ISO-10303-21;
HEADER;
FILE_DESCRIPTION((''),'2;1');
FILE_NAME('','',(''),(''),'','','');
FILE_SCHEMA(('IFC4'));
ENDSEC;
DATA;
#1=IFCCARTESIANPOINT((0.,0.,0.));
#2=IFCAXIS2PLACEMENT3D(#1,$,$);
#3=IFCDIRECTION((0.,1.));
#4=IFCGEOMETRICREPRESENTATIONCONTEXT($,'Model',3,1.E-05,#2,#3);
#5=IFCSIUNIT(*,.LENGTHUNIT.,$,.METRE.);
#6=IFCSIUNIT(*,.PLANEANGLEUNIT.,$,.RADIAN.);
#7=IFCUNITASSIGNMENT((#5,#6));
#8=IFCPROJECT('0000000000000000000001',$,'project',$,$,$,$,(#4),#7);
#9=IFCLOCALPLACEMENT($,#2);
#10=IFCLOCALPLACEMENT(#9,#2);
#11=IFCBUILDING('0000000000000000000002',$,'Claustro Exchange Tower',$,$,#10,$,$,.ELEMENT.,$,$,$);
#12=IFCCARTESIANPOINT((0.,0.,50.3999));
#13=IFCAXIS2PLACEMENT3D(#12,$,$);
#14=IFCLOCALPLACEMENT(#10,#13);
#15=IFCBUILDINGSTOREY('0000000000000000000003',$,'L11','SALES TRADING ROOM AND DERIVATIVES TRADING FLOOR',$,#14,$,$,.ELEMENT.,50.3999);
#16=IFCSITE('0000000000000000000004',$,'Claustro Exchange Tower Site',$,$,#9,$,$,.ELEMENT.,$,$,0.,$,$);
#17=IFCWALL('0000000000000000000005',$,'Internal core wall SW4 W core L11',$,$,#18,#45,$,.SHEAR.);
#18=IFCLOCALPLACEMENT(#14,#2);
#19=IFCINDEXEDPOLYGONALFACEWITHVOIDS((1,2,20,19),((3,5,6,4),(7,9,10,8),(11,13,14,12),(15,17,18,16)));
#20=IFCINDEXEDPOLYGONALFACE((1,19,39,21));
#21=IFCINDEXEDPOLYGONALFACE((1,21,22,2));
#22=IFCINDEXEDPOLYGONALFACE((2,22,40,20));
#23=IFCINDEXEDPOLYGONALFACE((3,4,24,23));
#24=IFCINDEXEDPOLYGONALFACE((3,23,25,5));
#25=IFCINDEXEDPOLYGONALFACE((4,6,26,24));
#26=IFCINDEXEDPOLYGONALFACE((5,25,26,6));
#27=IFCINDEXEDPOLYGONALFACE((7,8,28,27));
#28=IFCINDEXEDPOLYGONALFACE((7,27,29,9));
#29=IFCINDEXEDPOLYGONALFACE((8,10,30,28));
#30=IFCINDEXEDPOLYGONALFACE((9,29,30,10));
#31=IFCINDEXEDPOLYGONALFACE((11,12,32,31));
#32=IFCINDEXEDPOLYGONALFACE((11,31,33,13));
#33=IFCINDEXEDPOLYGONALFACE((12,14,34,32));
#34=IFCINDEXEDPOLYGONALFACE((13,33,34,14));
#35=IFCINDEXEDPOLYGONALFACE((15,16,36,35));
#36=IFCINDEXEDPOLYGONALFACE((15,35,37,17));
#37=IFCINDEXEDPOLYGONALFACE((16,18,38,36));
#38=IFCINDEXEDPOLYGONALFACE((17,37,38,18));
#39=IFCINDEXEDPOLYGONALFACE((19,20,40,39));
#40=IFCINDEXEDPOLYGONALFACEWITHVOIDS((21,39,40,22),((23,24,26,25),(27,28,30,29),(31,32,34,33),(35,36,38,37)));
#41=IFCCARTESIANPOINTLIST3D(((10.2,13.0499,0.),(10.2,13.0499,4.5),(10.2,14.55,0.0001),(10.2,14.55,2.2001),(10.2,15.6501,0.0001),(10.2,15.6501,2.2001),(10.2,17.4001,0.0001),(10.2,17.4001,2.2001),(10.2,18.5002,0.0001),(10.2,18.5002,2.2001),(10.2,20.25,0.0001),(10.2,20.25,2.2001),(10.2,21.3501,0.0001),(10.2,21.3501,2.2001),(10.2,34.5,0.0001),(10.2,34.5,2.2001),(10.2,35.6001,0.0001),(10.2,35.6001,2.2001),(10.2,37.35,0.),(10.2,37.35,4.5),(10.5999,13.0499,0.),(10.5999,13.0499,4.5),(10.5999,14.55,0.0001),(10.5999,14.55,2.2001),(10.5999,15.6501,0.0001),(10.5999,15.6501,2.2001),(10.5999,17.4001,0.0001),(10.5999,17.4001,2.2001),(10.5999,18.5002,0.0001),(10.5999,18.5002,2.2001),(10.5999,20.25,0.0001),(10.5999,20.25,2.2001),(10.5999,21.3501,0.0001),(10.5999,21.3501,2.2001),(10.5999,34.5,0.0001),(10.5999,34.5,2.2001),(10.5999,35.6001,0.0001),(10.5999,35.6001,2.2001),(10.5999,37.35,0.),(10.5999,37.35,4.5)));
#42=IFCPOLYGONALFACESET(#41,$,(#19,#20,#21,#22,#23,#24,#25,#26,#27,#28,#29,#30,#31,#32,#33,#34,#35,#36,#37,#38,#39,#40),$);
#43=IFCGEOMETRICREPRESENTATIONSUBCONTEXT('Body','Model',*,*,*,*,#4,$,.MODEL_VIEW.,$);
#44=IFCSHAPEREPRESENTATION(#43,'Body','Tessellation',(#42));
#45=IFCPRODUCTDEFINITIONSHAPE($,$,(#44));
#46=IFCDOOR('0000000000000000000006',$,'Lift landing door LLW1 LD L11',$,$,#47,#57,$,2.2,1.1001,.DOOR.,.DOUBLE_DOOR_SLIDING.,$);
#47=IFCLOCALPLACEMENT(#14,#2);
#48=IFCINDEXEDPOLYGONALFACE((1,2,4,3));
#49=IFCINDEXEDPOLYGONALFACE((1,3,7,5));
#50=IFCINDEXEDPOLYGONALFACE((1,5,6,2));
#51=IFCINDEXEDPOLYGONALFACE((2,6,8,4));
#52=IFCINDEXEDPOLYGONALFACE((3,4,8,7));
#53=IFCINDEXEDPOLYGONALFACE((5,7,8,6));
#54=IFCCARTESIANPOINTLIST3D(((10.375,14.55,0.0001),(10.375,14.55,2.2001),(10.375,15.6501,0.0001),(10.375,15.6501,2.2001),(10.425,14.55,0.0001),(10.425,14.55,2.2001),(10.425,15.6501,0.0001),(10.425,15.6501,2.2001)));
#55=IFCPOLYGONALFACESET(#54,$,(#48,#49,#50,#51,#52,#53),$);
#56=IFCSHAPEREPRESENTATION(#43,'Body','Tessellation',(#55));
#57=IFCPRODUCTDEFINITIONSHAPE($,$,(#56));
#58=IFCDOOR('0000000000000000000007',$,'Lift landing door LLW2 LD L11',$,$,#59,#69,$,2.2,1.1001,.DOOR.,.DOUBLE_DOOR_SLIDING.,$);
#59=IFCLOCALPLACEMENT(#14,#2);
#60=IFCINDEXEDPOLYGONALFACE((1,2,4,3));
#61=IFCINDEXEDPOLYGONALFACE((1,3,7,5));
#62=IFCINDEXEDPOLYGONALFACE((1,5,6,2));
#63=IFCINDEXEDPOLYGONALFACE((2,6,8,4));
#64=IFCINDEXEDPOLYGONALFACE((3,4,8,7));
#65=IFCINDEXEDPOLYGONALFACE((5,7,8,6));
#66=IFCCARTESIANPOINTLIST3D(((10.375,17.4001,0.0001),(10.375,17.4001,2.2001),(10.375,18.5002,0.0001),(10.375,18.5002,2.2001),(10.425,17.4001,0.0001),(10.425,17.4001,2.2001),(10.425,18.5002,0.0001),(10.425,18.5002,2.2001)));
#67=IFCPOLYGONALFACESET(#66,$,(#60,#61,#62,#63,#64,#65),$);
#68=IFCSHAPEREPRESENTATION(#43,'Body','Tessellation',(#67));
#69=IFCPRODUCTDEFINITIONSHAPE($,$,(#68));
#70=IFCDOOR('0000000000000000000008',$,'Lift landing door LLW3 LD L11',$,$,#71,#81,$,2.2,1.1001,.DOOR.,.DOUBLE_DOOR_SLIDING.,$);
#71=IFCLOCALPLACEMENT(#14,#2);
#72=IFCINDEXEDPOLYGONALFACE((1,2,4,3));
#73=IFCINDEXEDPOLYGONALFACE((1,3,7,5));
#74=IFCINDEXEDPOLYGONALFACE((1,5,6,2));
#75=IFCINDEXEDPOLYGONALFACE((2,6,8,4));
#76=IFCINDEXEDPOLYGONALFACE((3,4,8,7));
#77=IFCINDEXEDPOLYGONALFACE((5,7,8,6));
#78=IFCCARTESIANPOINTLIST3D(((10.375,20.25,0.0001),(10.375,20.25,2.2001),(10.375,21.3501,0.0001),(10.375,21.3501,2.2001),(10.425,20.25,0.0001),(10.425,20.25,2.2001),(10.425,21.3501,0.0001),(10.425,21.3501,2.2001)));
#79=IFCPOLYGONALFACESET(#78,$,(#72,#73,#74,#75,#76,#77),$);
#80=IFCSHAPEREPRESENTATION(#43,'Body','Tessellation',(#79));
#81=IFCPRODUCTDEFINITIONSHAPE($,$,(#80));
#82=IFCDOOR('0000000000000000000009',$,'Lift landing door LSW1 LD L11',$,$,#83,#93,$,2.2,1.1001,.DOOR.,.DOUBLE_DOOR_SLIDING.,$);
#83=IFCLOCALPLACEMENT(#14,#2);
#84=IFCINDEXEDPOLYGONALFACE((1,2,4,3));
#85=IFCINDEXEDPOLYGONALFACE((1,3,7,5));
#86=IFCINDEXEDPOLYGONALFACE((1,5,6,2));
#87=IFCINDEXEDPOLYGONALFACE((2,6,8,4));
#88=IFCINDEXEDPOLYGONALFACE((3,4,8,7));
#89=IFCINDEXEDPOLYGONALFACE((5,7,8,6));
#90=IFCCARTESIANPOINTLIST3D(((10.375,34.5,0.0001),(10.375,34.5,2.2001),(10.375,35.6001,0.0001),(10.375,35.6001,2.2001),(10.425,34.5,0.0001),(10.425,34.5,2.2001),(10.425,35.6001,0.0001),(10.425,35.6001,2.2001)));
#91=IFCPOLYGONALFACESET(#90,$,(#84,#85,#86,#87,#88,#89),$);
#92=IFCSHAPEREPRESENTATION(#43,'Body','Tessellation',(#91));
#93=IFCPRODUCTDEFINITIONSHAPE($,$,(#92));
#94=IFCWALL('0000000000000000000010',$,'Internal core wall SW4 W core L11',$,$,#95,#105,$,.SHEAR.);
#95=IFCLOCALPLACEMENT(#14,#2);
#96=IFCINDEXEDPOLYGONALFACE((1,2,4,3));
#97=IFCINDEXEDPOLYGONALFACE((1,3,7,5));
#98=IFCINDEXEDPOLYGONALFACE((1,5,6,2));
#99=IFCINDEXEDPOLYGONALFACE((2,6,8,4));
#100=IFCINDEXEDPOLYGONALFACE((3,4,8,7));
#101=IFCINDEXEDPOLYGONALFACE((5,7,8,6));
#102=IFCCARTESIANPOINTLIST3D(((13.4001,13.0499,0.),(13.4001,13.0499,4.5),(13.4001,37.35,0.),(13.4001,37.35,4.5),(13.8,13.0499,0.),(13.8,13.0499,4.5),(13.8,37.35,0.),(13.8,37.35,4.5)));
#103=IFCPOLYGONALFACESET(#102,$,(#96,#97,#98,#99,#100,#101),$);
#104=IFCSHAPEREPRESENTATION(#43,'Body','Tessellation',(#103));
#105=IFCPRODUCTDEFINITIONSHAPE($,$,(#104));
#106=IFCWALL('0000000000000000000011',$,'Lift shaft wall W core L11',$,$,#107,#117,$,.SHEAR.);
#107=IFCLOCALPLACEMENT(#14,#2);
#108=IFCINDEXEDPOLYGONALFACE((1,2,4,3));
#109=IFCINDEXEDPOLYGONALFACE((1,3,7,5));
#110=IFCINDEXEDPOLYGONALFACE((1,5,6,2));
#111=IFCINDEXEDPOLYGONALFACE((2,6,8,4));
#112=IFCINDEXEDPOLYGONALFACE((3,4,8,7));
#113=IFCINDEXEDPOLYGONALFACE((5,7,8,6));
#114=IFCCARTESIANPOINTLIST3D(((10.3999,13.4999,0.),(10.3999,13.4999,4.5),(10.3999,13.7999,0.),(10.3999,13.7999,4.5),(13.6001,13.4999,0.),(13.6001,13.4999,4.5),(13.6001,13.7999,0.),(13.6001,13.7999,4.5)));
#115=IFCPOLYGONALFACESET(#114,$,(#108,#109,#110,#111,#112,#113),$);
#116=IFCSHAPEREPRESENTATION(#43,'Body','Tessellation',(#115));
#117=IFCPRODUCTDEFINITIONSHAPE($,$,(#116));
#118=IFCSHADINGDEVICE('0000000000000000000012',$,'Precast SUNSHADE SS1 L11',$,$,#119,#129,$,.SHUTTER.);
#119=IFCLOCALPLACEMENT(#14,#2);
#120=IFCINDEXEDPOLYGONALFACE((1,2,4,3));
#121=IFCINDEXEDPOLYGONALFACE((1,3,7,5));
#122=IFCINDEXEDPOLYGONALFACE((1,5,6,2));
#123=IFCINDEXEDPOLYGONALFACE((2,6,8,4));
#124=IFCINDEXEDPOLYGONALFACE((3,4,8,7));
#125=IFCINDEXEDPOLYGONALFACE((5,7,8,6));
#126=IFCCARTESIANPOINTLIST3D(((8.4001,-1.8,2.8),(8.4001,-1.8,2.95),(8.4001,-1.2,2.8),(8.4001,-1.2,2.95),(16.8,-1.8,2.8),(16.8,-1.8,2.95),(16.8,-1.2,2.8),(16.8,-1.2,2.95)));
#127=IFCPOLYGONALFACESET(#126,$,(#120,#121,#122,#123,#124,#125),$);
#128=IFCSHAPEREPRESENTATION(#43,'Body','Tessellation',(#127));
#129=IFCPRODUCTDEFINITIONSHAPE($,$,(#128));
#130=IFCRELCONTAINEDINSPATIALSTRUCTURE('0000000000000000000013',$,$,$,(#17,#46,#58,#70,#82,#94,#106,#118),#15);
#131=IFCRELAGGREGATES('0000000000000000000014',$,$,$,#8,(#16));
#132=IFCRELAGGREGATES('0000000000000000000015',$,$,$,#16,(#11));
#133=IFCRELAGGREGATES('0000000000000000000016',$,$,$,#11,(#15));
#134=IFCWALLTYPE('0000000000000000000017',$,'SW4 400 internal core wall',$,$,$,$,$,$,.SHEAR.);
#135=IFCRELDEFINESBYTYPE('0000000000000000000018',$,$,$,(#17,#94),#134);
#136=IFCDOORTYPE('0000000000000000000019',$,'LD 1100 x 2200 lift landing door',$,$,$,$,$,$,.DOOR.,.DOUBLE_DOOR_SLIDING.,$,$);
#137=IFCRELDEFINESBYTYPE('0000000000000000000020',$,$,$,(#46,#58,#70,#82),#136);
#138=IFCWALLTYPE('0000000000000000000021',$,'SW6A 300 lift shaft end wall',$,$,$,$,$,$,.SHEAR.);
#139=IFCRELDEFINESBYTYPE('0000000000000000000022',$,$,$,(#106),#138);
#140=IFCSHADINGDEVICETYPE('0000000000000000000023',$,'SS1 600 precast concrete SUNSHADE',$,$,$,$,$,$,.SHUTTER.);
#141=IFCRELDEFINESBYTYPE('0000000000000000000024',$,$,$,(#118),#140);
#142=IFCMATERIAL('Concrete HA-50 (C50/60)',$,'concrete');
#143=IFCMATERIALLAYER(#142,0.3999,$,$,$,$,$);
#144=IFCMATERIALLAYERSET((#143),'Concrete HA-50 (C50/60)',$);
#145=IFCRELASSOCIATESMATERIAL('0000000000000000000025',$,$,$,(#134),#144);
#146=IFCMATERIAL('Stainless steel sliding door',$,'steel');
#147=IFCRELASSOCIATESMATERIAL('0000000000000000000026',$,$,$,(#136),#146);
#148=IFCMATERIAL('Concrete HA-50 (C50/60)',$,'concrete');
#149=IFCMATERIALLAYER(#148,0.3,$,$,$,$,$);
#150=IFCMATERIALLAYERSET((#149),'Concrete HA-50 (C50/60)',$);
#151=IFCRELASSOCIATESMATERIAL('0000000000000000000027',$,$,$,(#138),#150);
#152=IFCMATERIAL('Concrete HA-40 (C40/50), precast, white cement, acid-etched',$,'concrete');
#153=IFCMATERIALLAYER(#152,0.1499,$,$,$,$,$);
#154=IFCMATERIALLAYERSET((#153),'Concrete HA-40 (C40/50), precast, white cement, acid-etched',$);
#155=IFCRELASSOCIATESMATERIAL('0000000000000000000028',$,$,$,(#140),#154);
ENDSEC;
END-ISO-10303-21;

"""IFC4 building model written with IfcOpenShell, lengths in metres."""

from ifc_helpers import new_model, si_unit, direction, frame, frame_2d, origin, origin_2d, place, context, subcontext, project, spatial, rectangle, extrude, material, layer, layer_set, type_object, element, fill, save


model = new_model("IFC4")

# Units and contexts
model_context = context("Model", 3, precision=1e-05, world=origin(), true_north=direction((0.0, 1.0)))
body_context = subcontext(model_context, "Body", "Model", "MODEL_VIEW")
ifc_project = project(units=[si_unit("LENGTHUNIT", "METRE"), si_unit("PLANEANGLEUNIT", "RADIAN")], contexts=[model_context])

# Site, building, storey
site_placement = place(None, origin())
site = spatial("IfcSite", under=ifc_project, at=site_placement, Name="Claustro Exchange Tower Site", CompositionType="ELEMENT", RefElevation=0.0)
building_placement = place(site_placement, origin())
building = spatial("IfcBuilding", under=site, at=building_placement, Name="Claustro Exchange Tower", CompositionType="ELEMENT")
storey_placement = place(building_placement, frame((0.0, 0.0, 50.3999)))
storey = spatial("IfcBuildingStorey", under=building, at=storey_placement, Name="L11", Description="SALES TRADING ROOM AND DERIVATIVES TRADING FLOOR", CompositionType="ELEMENT", Elevation=50.3999)

# Wall, openings, doors
ifc_material_1 = material(Name="Concrete HA-50 (C50/60)", Category="concrete")
ifc_layer_1 = layer(ifc_material_1, 0.3999)
ifc_layer_set_1 = layer_set([ifc_layer_1], Name="Concrete HA-50 (C50/60)")
wall_type_1 = type_object("IfcWallType", Name="SW4 400 internal core wall", PredefinedType="SHEAR", material=ifc_layer_set_1)
wall_1_placement = place(storey_placement, frame((10.3999, 13.05, 0.0), z_axis=(0.0, 0.0, 1.0), x_axis=(0.0, 1.0, 0.0)))
wall_1 = element("IfcWall", 1, at=wall_1_placement, inside=storey, type_object=wall_type_1, Name="Internal core wall SW4 W core L11", PredefinedType="SHEAR", context=body_context, shape_type="SweptSolid", body=[
    extrude(rectangle(XDim=24.3, YDim=0.3999, at=frame_2d((12.1499, 0.0))), origin(), (0.0, 0.0, 1.0), 4.5),
])
opening_1_placement = place(wall_1_placement, frame((1.5, 0.0, 0.0)))
opening_1 = element("IfcOpeningElement", 2, at=opening_1_placement, cuts=wall_1, PredefinedType="OPENING", context=body_context, shape_type="SweptSolid", body=[
    extrude(rectangle(XDim=1.1001, YDim=2.2, at=frame_2d((0.55, 1.1001))), frame((0.0, 0.21, 0.0), z_axis=(0.0, -1.0, 0.0), x_axis=(1.0, 0.0, 0.0)), (0.0, 0.0, 1.0), 0.4199),
])
opening_2_placement = place(wall_1_placement, frame((4.3501, 0.0, 0.0)))
opening_2 = element("IfcOpeningElement", 3, at=opening_2_placement, cuts=wall_1, PredefinedType="OPENING", context=body_context, shape_type="SweptSolid", body=[
    extrude(rectangle(XDim=1.1001, YDim=2.2, at=frame_2d((0.55, 1.1001))), frame((0.0, 0.21, 0.0), z_axis=(0.0, -1.0, 0.0), x_axis=(1.0, 0.0, 0.0)), (0.0, 0.0, 1.0), 0.4199),
])
opening_3_placement = place(wall_1_placement, frame((7.2, 0.0, 0.0)))
opening_3 = element("IfcOpeningElement", 4, at=opening_3_placement, cuts=wall_1, PredefinedType="OPENING", context=body_context, shape_type="SweptSolid", body=[
    extrude(rectangle(XDim=1.1001, YDim=2.2, at=frame_2d((0.55, 1.1001))), frame((0.0, 0.21, 0.0), z_axis=(0.0, -1.0, 0.0), x_axis=(1.0, 0.0, 0.0)), (0.0, 0.0, 1.0), 0.4199),
])
opening_4_placement = place(wall_1_placement, frame((21.45, 0.0, 0.0)))
opening_4 = element("IfcOpeningElement", 5, at=opening_4_placement, cuts=wall_1, PredefinedType="OPENING", context=body_context, shape_type="SweptSolid", body=[
    extrude(rectangle(XDim=1.1001, YDim=2.2, at=frame_2d((0.55, 1.1001))), frame((0.0, 0.21, 0.0), z_axis=(0.0, -1.0, 0.0), x_axis=(1.0, 0.0, 0.0)), (0.0, 0.0, 1.0), 0.4199),
])
ifc_material_2 = material(Name="Stainless steel sliding door", Category="steel")
door_type_1 = type_object("IfcDoorType", Name="LD 1100 x 2200 lift landing door", OperationType="DOUBLE_DOOR_SLIDING", PredefinedType="DOOR", material=ifc_material_2)
door_1_placement = place(opening_1_placement, origin())
door_1 = element("IfcDoor", 6, at=door_1_placement, inside=storey, type_object=door_type_1, Name="Lift landing door LLW1 LD L11", OperationType="DOUBLE_DOOR_SLIDING", OverallHeight=2.2, OverallWidth=1.1001, PredefinedType="DOOR", context=body_context, shape_type="SweptSolid", body=[
    extrude(rectangle(XDim=1.1001, YDim=2.2, at=frame_2d((0.55, 1.1001))), frame((0.0, 0.0249, 0.0), z_axis=(0.0, -1.0, 0.0), x_axis=(1.0, 0.0, 0.0)), (0.0, 0.0, 1.0), 0.05),
])
fill(opening_1, door_1)
door_2_placement = place(opening_2_placement, origin())
door_2 = element("IfcDoor", 7, at=door_2_placement, inside=storey, type_object=door_type_1, Name="Lift landing door LLW2 LD L11", OperationType="DOUBLE_DOOR_SLIDING", OverallHeight=2.2, OverallWidth=1.1001, PredefinedType="DOOR", context=body_context, shape_type="SweptSolid", body=[
    extrude(rectangle(XDim=1.1001, YDim=2.2, at=frame_2d((0.55, 1.1001))), frame((0.0, 0.0249, 0.0), z_axis=(0.0, -1.0, 0.0), x_axis=(1.0, 0.0, 0.0)), (0.0, 0.0, 1.0), 0.05),
])
fill(opening_2, door_2)
door_3_placement = place(opening_3_placement, origin())
door_3 = element("IfcDoor", 8, at=door_3_placement, inside=storey, type_object=door_type_1, Name="Lift landing door LLW3 LD L11", OperationType="DOUBLE_DOOR_SLIDING", OverallHeight=2.2, OverallWidth=1.1001, PredefinedType="DOOR", context=body_context, shape_type="SweptSolid", body=[
    extrude(rectangle(XDim=1.1001, YDim=2.2, at=frame_2d((0.55, 1.1001))), frame((0.0, 0.0249, 0.0), z_axis=(0.0, -1.0, 0.0), x_axis=(1.0, 0.0, 0.0)), (0.0, 0.0, 1.0), 0.05),
])
fill(opening_3, door_3)
door_4_placement = place(opening_4_placement, origin())
door_4 = element("IfcDoor", 9, at=door_4_placement, inside=storey, type_object=door_type_1, Name="Lift landing door LSW1 LD L11", OperationType="DOUBLE_DOOR_SLIDING", OverallHeight=2.2, OverallWidth=1.1001, PredefinedType="DOOR", context=body_context, shape_type="SweptSolid", body=[
    extrude(rectangle(XDim=1.1001, YDim=2.2, at=frame_2d((0.55, 1.1001))), frame((0.0, 0.0249, 0.0), z_axis=(0.0, -1.0, 0.0), x_axis=(1.0, 0.0, 0.0)), (0.0, 0.0, 1.0), 0.05),
])
fill(opening_4, door_4)

# Walls
wall_2_placement = place(storey_placement, frame((13.6001, 13.05, 0.0), z_axis=(0.0, 0.0, 1.0), x_axis=(0.0, 1.0, 0.0)))
element("IfcWall", 10, at=wall_2_placement, inside=storey, type_object=wall_type_1, Name="Internal core wall SW4 W core L11", PredefinedType="SHEAR", context=body_context, shape_type="SweptSolid", body=[
    extrude(rectangle(XDim=24.3, YDim=0.3999, at=frame_2d((12.1499, 0.0))), origin(), (0.0, 0.0, 1.0), 4.5),
])
ifc_material_3 = material(Name="Concrete HA-50 (C50/60)", Category="concrete")
ifc_layer_2 = layer(ifc_material_3, 0.3)
ifc_layer_set_2 = layer_set([ifc_layer_2], Name="Concrete HA-50 (C50/60)")
wall_type_2 = type_object("IfcWallType", Name="SW6A 300 lift shaft end wall", PredefinedType="SHEAR", material=ifc_layer_set_2)
wall_3_placement = place(storey_placement, frame((10.3999, 13.6499, 0.0), z_axis=(0.0, 0.0, 1.0), x_axis=(1.0, 0.0, 0.0)))
element("IfcWall", 11, at=wall_3_placement, inside=storey, type_object=wall_type_2, Name="Lift shaft wall W core L11", PredefinedType="SHEAR", context=body_context, shape_type="SweptSolid", body=[
    extrude(rectangle(XDim=3.2002, YDim=0.3, at=frame_2d((1.6001, 0.0))), origin(), (0.0, 0.0, 1.0), 4.5),
])

# Shading device
ifc_material_4 = material(Name="Concrete HA-40 (C40/50), precast, white cement, acid-etched", Category="concrete")
ifc_layer_3 = layer(ifc_material_4, 0.1499)
ifc_layer_set_3 = layer_set([ifc_layer_3], Name="Concrete HA-40 (C40/50), precast, white cement, acid-etched")
shading_device_type = type_object("IfcShadingDeviceType", Name="SS1 600 precast concrete SUNSHADE", PredefinedType="SHUTTER", material=ifc_layer_set_3)
shading_device_placement = place(storey_placement, frame((12.6001, -1.5, 2.8), z_axis=(0.0, 0.0, 1.0), x_axis=(-1.0, 0.0, 0.0)))
element("IfcShadingDevice", 12, at=shading_device_placement, inside=storey, type_object=shading_device_type, Name="Precast SUNSHADE SS1 L11", PredefinedType="SHUTTER", context=body_context, shape_type="SweptSolid", body=[
    extrude(rectangle(XDim=8.3999, YDim=0.6001, at=origin_2d()), origin(), (0.0, 0.0, 1.0), 0.1499),
])

save(model, "model.ifc")
